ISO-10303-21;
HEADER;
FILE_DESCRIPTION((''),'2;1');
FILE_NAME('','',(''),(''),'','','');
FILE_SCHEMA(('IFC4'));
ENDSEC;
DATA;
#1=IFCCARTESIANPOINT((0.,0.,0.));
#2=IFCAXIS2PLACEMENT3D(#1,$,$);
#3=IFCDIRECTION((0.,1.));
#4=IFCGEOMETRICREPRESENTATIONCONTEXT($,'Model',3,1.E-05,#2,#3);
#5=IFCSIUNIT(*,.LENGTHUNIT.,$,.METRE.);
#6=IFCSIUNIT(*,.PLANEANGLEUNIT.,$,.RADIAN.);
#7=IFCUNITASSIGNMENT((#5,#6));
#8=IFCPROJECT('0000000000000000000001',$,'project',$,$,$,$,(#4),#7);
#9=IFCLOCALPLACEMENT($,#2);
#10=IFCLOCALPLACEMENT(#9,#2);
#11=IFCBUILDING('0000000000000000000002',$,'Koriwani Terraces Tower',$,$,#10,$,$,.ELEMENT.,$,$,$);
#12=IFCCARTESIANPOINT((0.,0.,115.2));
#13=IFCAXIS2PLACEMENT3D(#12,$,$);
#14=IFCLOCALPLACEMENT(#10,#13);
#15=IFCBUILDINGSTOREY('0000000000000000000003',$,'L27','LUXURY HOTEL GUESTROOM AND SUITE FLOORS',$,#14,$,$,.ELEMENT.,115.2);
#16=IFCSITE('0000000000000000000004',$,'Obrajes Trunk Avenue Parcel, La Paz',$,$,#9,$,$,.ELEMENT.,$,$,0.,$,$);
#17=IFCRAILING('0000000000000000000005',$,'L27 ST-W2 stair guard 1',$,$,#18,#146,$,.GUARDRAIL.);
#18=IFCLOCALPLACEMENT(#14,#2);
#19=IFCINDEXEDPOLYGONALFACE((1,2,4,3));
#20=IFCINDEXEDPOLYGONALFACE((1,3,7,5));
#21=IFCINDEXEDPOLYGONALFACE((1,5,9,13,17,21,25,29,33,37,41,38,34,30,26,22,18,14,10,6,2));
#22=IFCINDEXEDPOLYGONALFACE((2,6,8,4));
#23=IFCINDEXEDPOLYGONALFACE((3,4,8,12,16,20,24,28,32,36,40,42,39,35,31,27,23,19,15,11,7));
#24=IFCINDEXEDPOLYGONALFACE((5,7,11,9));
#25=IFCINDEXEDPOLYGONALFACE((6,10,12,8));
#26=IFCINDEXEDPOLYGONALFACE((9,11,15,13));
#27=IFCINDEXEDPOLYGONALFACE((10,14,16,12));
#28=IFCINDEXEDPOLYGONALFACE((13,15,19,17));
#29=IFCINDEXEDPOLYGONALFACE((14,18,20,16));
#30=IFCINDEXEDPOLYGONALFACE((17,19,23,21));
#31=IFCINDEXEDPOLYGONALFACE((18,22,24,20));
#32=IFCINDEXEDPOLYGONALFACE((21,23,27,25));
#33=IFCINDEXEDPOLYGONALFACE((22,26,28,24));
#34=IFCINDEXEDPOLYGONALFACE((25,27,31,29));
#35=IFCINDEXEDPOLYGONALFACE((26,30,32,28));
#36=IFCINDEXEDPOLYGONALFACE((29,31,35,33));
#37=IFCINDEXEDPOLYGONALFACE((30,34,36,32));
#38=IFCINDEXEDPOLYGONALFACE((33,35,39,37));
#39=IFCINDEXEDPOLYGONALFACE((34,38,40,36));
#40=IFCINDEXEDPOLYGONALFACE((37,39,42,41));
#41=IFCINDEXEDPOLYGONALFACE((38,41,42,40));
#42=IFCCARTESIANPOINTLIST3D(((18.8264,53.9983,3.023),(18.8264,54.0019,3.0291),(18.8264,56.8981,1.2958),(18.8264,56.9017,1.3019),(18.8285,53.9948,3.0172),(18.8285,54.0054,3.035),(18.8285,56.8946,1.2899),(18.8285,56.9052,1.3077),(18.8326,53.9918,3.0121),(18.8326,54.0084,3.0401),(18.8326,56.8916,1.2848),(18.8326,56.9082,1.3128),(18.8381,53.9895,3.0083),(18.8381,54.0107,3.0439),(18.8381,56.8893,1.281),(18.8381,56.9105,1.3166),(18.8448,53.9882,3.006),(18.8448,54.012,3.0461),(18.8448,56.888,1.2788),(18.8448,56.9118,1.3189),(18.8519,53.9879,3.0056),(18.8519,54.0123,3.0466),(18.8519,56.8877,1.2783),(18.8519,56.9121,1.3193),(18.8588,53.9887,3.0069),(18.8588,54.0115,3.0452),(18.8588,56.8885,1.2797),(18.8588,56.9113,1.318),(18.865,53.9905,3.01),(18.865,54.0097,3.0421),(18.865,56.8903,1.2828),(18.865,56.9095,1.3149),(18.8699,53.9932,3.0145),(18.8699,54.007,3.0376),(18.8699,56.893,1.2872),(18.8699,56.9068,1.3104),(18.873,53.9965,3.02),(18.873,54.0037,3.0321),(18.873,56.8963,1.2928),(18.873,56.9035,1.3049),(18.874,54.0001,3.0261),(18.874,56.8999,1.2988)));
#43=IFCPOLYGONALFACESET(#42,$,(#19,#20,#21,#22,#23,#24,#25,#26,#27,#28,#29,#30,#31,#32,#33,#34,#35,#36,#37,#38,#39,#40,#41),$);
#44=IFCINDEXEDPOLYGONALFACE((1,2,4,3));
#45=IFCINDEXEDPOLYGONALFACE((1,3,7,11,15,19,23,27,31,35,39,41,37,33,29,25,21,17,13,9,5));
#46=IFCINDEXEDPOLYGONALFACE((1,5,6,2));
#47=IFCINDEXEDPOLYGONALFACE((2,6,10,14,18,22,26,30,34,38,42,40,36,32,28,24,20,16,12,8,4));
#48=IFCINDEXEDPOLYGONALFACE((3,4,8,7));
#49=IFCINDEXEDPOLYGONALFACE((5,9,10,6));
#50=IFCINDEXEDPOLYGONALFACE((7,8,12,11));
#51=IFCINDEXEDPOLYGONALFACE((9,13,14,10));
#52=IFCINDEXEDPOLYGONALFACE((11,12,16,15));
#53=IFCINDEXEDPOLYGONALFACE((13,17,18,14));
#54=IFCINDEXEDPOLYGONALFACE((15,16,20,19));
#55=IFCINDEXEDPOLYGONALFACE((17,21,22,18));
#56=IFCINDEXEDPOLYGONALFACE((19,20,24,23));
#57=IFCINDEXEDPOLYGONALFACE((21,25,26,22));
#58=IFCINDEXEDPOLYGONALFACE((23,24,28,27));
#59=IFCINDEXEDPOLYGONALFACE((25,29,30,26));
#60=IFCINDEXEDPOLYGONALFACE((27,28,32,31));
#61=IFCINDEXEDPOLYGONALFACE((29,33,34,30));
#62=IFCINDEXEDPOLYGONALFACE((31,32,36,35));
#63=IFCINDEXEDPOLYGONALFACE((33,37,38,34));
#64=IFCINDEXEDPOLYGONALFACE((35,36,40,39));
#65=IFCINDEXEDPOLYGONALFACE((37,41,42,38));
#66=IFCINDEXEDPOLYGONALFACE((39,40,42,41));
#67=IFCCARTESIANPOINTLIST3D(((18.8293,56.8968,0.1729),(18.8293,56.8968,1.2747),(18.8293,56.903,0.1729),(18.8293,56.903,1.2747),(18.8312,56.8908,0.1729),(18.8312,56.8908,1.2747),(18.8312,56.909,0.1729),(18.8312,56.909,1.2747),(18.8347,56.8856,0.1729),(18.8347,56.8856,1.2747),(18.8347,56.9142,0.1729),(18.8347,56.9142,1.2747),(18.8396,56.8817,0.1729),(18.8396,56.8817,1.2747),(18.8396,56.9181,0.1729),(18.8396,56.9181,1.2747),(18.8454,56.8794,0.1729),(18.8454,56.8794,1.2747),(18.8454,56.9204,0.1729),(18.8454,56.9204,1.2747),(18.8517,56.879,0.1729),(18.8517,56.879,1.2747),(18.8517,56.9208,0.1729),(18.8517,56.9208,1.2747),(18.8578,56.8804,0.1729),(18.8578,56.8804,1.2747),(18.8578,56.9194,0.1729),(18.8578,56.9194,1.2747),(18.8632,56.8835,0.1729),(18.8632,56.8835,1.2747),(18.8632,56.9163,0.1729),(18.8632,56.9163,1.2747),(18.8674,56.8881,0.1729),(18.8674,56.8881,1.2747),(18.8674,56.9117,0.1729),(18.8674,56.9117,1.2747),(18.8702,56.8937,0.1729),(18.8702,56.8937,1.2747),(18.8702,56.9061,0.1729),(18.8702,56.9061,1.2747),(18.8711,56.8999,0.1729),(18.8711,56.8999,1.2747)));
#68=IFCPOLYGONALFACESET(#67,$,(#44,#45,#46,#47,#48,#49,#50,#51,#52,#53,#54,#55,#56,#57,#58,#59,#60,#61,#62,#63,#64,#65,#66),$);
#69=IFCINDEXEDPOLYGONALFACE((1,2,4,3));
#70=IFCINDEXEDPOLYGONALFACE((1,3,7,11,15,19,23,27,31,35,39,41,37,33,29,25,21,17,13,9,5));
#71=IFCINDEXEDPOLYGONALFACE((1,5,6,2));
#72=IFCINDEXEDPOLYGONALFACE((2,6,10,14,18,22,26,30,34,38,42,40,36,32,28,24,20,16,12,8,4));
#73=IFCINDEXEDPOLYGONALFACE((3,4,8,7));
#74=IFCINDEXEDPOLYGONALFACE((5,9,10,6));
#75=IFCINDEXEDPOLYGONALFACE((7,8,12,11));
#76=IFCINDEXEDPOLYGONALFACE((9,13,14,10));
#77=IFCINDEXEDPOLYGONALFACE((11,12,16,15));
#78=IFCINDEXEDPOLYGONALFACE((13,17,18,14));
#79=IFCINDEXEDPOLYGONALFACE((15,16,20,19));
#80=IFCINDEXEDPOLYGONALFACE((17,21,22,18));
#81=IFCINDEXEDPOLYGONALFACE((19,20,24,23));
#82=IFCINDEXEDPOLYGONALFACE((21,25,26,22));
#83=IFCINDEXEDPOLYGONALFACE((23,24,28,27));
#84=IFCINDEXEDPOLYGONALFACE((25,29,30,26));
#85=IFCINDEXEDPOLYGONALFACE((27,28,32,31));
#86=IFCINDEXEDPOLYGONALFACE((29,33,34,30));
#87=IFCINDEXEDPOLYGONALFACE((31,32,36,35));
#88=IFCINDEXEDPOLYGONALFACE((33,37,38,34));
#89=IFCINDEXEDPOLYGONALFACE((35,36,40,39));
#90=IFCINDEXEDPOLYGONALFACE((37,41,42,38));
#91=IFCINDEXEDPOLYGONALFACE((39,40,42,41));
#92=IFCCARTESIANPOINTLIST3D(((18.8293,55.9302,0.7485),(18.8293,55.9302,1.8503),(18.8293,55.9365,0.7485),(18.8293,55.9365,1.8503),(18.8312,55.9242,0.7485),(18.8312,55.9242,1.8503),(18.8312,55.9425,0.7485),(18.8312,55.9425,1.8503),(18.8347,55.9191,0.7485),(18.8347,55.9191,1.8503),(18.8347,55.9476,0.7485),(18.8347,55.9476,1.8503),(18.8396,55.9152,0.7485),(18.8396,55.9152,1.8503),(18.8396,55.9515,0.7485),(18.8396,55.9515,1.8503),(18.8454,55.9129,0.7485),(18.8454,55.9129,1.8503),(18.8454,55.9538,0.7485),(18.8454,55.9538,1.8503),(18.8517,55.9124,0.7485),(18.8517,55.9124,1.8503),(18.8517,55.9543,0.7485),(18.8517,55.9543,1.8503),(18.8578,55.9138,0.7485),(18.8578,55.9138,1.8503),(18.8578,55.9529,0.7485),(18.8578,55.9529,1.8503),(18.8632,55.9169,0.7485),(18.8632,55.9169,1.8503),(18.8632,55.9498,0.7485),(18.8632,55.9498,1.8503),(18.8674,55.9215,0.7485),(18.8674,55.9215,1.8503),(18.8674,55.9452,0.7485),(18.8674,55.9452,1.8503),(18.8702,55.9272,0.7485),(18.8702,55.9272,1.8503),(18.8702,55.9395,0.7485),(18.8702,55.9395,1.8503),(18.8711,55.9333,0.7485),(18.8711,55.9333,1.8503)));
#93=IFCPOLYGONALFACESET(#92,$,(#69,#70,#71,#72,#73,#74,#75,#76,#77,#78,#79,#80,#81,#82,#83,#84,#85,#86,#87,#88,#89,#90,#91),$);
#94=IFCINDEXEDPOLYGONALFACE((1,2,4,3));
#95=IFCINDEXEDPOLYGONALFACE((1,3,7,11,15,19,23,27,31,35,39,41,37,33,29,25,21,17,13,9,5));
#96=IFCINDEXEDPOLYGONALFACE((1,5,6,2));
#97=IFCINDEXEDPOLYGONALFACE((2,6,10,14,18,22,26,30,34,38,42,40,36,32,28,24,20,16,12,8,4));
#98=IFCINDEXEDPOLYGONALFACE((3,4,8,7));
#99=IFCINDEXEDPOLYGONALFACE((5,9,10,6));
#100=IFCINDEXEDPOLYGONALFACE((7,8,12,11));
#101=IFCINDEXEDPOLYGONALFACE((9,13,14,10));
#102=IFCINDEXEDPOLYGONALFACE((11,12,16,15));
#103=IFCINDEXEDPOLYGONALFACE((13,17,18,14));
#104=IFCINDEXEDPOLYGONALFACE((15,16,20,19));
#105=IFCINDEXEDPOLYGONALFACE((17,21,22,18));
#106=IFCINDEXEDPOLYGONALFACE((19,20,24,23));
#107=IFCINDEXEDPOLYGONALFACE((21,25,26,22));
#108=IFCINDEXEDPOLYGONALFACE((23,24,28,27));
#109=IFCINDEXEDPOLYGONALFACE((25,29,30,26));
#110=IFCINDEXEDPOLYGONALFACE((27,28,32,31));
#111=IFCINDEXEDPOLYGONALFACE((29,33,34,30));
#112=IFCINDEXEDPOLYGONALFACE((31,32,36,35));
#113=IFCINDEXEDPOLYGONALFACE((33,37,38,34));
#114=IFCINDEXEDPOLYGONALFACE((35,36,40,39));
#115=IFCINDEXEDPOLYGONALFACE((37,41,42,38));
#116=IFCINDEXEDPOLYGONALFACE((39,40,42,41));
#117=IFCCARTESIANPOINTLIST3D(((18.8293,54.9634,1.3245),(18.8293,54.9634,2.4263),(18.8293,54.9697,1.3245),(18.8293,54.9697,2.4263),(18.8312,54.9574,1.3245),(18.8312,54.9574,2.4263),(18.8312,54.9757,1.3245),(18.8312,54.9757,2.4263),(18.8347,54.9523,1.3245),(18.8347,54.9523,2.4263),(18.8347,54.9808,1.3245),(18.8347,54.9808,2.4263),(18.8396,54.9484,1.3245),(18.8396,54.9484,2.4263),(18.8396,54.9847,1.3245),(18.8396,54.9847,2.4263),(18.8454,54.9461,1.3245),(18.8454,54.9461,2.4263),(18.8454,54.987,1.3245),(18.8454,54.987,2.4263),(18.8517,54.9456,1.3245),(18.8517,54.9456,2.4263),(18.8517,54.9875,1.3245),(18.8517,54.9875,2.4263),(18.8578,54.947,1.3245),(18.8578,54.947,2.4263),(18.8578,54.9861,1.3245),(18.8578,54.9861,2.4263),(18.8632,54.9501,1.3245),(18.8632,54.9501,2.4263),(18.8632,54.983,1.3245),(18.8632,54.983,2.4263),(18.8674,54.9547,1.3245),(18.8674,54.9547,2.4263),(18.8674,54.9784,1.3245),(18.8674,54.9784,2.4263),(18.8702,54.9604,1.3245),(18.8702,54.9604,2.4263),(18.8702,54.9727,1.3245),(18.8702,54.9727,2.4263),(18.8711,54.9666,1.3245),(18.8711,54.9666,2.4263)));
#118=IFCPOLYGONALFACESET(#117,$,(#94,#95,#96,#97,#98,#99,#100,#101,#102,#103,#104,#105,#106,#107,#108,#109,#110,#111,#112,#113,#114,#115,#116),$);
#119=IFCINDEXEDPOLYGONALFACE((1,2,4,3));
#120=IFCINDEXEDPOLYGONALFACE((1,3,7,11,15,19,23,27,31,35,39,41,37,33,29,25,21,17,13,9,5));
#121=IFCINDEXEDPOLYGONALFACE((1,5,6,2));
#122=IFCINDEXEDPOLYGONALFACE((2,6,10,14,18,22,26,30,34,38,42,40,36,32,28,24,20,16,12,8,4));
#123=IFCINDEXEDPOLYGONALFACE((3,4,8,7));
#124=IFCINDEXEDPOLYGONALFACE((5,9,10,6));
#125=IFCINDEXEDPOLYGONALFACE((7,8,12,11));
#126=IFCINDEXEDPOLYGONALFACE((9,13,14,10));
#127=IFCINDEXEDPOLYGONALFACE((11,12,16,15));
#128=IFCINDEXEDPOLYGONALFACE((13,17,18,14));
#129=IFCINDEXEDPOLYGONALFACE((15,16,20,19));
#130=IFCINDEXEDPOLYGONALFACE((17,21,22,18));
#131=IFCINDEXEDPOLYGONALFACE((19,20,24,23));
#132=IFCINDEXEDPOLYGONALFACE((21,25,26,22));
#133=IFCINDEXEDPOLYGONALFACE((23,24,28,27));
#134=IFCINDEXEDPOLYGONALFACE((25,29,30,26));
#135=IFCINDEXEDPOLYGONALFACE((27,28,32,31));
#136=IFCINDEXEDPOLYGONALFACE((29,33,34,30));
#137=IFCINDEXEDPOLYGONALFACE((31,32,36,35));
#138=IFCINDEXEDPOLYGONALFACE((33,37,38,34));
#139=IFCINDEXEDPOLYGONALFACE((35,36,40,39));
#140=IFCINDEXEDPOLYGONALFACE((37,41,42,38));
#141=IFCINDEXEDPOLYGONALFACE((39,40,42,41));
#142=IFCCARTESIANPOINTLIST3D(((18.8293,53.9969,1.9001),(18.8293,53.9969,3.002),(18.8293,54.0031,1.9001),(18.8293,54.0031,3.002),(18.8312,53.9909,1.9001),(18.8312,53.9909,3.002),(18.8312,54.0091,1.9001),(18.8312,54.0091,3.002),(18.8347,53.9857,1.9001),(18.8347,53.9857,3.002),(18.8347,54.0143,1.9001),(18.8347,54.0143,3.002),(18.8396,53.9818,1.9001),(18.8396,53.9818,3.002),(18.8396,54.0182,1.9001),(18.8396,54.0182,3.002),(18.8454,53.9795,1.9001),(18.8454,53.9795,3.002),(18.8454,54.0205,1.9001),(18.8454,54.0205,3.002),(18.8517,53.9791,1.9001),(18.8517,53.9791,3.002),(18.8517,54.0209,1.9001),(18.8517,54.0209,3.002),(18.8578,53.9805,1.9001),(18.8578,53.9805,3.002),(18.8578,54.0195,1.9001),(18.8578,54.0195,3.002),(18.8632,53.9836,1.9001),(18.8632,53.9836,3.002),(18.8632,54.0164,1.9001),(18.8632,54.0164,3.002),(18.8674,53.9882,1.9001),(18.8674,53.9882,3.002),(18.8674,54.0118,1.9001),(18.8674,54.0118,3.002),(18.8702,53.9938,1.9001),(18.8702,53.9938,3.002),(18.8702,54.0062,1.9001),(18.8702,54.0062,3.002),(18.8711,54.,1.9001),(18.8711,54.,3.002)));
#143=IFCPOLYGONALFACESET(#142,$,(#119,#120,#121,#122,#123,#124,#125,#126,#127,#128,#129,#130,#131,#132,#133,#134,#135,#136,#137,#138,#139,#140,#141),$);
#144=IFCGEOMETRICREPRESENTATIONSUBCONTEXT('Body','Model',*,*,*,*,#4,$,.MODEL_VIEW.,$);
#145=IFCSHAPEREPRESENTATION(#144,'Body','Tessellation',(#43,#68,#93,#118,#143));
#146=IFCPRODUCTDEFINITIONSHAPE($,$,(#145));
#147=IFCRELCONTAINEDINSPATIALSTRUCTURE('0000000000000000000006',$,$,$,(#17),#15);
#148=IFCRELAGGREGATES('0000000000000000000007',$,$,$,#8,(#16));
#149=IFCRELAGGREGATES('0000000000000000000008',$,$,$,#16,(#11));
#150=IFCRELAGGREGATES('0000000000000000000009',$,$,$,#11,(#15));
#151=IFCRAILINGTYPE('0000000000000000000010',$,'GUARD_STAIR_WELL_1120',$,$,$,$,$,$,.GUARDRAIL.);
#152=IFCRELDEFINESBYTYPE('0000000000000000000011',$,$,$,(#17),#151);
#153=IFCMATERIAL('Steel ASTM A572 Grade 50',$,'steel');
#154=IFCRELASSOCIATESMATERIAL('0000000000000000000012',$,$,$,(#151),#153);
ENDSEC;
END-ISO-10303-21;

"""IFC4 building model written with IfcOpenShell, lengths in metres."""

from ifc_helpers import new_model, si_unit, direction, frame, origin, origin_2d, place, context, subcontext, project, spatial, circle, extrude, material, type_object, element, save


model = new_model("IFC4")

# Units and contexts
model_context = context("Model", 3, precision=1e-05, world=origin(), true_north=direction((0.0, 1.0)))
body_context = subcontext(model_context, "Body", "Model", "MODEL_VIEW")
ifc_project = project(units=[si_unit("LENGTHUNIT", "METRE"), si_unit("PLANEANGLEUNIT", "RADIAN")], contexts=[model_context])

# Site, building, storey
site_placement = place(None, origin())
site = spatial("IfcSite", under=ifc_project, at=site_placement, Name="Obrajes Trunk Avenue Parcel, La Paz", CompositionType="ELEMENT", RefElevation=0.0)
building_placement = place(site_placement, origin())
building = spatial("IfcBuilding", under=site, at=building_placement, Name="Koriwani Terraces Tower", CompositionType="ELEMENT")
storey_placement = place(building_placement, frame((0.0, 0.0, 115.2)))
storey = spatial("IfcBuildingStorey", under=building, at=storey_placement, Name="L27", Description="LUXURY HOTEL GUESTROOM AND SUITE FLOORS", CompositionType="ELEMENT", Elevation=115.2)

# Shared definitions
ifc_material_1 = material(Name="Steel ASTM A572 Grade 50", Category="steel")

# Railing
railing_type_1 = type_object("IfcRailingType", Name="GUARD_STAIR_WELL_1120", PredefinedType="GUARDRAIL", material=ifc_material_1)
railing_1_placement = place(storey_placement, frame((18.8501, 56.8999, 0.1729)))
element("IfcRailing", 1, at=railing_1_placement, inside=storey, type_object=railing_type_1, Name="L27 ST-W2 stair guard 1", PredefinedType="GUARDRAIL", context=body_context, shape_type="SweptSolid", body=[
    extrude(circle(Radius=0.0239, at=origin_2d()), frame((0.0, 0.0, 1.126), z_axis=(0.0, -0.859141, 0.511738), x_axis=(1.0, 0.0, 0.0)), (0.0, 0.0, 1.0), 3.3752),
    extrude(circle(Radius=0.021, at=origin_2d()), origin(), (0.0, 0.0, 1.0), 1.1018),
    extrude(circle(Radius=0.021, at=origin_2d()), frame((0.0, -0.9666, 0.5757)), (0.0, 0.0, 1.0), 1.1018),
    extrude(circle(Radius=0.021, at=origin_2d()), frame((0.0, -1.9333, 1.1516)), (0.0, 0.0, 1.0), 1.1018),
    extrude(circle(Radius=0.021, at=origin_2d()), frame((0.0, -2.8999, 1.7273)), (0.0, 0.0, 1.0), 1.1018),
])

save(model, "model.ifc")
